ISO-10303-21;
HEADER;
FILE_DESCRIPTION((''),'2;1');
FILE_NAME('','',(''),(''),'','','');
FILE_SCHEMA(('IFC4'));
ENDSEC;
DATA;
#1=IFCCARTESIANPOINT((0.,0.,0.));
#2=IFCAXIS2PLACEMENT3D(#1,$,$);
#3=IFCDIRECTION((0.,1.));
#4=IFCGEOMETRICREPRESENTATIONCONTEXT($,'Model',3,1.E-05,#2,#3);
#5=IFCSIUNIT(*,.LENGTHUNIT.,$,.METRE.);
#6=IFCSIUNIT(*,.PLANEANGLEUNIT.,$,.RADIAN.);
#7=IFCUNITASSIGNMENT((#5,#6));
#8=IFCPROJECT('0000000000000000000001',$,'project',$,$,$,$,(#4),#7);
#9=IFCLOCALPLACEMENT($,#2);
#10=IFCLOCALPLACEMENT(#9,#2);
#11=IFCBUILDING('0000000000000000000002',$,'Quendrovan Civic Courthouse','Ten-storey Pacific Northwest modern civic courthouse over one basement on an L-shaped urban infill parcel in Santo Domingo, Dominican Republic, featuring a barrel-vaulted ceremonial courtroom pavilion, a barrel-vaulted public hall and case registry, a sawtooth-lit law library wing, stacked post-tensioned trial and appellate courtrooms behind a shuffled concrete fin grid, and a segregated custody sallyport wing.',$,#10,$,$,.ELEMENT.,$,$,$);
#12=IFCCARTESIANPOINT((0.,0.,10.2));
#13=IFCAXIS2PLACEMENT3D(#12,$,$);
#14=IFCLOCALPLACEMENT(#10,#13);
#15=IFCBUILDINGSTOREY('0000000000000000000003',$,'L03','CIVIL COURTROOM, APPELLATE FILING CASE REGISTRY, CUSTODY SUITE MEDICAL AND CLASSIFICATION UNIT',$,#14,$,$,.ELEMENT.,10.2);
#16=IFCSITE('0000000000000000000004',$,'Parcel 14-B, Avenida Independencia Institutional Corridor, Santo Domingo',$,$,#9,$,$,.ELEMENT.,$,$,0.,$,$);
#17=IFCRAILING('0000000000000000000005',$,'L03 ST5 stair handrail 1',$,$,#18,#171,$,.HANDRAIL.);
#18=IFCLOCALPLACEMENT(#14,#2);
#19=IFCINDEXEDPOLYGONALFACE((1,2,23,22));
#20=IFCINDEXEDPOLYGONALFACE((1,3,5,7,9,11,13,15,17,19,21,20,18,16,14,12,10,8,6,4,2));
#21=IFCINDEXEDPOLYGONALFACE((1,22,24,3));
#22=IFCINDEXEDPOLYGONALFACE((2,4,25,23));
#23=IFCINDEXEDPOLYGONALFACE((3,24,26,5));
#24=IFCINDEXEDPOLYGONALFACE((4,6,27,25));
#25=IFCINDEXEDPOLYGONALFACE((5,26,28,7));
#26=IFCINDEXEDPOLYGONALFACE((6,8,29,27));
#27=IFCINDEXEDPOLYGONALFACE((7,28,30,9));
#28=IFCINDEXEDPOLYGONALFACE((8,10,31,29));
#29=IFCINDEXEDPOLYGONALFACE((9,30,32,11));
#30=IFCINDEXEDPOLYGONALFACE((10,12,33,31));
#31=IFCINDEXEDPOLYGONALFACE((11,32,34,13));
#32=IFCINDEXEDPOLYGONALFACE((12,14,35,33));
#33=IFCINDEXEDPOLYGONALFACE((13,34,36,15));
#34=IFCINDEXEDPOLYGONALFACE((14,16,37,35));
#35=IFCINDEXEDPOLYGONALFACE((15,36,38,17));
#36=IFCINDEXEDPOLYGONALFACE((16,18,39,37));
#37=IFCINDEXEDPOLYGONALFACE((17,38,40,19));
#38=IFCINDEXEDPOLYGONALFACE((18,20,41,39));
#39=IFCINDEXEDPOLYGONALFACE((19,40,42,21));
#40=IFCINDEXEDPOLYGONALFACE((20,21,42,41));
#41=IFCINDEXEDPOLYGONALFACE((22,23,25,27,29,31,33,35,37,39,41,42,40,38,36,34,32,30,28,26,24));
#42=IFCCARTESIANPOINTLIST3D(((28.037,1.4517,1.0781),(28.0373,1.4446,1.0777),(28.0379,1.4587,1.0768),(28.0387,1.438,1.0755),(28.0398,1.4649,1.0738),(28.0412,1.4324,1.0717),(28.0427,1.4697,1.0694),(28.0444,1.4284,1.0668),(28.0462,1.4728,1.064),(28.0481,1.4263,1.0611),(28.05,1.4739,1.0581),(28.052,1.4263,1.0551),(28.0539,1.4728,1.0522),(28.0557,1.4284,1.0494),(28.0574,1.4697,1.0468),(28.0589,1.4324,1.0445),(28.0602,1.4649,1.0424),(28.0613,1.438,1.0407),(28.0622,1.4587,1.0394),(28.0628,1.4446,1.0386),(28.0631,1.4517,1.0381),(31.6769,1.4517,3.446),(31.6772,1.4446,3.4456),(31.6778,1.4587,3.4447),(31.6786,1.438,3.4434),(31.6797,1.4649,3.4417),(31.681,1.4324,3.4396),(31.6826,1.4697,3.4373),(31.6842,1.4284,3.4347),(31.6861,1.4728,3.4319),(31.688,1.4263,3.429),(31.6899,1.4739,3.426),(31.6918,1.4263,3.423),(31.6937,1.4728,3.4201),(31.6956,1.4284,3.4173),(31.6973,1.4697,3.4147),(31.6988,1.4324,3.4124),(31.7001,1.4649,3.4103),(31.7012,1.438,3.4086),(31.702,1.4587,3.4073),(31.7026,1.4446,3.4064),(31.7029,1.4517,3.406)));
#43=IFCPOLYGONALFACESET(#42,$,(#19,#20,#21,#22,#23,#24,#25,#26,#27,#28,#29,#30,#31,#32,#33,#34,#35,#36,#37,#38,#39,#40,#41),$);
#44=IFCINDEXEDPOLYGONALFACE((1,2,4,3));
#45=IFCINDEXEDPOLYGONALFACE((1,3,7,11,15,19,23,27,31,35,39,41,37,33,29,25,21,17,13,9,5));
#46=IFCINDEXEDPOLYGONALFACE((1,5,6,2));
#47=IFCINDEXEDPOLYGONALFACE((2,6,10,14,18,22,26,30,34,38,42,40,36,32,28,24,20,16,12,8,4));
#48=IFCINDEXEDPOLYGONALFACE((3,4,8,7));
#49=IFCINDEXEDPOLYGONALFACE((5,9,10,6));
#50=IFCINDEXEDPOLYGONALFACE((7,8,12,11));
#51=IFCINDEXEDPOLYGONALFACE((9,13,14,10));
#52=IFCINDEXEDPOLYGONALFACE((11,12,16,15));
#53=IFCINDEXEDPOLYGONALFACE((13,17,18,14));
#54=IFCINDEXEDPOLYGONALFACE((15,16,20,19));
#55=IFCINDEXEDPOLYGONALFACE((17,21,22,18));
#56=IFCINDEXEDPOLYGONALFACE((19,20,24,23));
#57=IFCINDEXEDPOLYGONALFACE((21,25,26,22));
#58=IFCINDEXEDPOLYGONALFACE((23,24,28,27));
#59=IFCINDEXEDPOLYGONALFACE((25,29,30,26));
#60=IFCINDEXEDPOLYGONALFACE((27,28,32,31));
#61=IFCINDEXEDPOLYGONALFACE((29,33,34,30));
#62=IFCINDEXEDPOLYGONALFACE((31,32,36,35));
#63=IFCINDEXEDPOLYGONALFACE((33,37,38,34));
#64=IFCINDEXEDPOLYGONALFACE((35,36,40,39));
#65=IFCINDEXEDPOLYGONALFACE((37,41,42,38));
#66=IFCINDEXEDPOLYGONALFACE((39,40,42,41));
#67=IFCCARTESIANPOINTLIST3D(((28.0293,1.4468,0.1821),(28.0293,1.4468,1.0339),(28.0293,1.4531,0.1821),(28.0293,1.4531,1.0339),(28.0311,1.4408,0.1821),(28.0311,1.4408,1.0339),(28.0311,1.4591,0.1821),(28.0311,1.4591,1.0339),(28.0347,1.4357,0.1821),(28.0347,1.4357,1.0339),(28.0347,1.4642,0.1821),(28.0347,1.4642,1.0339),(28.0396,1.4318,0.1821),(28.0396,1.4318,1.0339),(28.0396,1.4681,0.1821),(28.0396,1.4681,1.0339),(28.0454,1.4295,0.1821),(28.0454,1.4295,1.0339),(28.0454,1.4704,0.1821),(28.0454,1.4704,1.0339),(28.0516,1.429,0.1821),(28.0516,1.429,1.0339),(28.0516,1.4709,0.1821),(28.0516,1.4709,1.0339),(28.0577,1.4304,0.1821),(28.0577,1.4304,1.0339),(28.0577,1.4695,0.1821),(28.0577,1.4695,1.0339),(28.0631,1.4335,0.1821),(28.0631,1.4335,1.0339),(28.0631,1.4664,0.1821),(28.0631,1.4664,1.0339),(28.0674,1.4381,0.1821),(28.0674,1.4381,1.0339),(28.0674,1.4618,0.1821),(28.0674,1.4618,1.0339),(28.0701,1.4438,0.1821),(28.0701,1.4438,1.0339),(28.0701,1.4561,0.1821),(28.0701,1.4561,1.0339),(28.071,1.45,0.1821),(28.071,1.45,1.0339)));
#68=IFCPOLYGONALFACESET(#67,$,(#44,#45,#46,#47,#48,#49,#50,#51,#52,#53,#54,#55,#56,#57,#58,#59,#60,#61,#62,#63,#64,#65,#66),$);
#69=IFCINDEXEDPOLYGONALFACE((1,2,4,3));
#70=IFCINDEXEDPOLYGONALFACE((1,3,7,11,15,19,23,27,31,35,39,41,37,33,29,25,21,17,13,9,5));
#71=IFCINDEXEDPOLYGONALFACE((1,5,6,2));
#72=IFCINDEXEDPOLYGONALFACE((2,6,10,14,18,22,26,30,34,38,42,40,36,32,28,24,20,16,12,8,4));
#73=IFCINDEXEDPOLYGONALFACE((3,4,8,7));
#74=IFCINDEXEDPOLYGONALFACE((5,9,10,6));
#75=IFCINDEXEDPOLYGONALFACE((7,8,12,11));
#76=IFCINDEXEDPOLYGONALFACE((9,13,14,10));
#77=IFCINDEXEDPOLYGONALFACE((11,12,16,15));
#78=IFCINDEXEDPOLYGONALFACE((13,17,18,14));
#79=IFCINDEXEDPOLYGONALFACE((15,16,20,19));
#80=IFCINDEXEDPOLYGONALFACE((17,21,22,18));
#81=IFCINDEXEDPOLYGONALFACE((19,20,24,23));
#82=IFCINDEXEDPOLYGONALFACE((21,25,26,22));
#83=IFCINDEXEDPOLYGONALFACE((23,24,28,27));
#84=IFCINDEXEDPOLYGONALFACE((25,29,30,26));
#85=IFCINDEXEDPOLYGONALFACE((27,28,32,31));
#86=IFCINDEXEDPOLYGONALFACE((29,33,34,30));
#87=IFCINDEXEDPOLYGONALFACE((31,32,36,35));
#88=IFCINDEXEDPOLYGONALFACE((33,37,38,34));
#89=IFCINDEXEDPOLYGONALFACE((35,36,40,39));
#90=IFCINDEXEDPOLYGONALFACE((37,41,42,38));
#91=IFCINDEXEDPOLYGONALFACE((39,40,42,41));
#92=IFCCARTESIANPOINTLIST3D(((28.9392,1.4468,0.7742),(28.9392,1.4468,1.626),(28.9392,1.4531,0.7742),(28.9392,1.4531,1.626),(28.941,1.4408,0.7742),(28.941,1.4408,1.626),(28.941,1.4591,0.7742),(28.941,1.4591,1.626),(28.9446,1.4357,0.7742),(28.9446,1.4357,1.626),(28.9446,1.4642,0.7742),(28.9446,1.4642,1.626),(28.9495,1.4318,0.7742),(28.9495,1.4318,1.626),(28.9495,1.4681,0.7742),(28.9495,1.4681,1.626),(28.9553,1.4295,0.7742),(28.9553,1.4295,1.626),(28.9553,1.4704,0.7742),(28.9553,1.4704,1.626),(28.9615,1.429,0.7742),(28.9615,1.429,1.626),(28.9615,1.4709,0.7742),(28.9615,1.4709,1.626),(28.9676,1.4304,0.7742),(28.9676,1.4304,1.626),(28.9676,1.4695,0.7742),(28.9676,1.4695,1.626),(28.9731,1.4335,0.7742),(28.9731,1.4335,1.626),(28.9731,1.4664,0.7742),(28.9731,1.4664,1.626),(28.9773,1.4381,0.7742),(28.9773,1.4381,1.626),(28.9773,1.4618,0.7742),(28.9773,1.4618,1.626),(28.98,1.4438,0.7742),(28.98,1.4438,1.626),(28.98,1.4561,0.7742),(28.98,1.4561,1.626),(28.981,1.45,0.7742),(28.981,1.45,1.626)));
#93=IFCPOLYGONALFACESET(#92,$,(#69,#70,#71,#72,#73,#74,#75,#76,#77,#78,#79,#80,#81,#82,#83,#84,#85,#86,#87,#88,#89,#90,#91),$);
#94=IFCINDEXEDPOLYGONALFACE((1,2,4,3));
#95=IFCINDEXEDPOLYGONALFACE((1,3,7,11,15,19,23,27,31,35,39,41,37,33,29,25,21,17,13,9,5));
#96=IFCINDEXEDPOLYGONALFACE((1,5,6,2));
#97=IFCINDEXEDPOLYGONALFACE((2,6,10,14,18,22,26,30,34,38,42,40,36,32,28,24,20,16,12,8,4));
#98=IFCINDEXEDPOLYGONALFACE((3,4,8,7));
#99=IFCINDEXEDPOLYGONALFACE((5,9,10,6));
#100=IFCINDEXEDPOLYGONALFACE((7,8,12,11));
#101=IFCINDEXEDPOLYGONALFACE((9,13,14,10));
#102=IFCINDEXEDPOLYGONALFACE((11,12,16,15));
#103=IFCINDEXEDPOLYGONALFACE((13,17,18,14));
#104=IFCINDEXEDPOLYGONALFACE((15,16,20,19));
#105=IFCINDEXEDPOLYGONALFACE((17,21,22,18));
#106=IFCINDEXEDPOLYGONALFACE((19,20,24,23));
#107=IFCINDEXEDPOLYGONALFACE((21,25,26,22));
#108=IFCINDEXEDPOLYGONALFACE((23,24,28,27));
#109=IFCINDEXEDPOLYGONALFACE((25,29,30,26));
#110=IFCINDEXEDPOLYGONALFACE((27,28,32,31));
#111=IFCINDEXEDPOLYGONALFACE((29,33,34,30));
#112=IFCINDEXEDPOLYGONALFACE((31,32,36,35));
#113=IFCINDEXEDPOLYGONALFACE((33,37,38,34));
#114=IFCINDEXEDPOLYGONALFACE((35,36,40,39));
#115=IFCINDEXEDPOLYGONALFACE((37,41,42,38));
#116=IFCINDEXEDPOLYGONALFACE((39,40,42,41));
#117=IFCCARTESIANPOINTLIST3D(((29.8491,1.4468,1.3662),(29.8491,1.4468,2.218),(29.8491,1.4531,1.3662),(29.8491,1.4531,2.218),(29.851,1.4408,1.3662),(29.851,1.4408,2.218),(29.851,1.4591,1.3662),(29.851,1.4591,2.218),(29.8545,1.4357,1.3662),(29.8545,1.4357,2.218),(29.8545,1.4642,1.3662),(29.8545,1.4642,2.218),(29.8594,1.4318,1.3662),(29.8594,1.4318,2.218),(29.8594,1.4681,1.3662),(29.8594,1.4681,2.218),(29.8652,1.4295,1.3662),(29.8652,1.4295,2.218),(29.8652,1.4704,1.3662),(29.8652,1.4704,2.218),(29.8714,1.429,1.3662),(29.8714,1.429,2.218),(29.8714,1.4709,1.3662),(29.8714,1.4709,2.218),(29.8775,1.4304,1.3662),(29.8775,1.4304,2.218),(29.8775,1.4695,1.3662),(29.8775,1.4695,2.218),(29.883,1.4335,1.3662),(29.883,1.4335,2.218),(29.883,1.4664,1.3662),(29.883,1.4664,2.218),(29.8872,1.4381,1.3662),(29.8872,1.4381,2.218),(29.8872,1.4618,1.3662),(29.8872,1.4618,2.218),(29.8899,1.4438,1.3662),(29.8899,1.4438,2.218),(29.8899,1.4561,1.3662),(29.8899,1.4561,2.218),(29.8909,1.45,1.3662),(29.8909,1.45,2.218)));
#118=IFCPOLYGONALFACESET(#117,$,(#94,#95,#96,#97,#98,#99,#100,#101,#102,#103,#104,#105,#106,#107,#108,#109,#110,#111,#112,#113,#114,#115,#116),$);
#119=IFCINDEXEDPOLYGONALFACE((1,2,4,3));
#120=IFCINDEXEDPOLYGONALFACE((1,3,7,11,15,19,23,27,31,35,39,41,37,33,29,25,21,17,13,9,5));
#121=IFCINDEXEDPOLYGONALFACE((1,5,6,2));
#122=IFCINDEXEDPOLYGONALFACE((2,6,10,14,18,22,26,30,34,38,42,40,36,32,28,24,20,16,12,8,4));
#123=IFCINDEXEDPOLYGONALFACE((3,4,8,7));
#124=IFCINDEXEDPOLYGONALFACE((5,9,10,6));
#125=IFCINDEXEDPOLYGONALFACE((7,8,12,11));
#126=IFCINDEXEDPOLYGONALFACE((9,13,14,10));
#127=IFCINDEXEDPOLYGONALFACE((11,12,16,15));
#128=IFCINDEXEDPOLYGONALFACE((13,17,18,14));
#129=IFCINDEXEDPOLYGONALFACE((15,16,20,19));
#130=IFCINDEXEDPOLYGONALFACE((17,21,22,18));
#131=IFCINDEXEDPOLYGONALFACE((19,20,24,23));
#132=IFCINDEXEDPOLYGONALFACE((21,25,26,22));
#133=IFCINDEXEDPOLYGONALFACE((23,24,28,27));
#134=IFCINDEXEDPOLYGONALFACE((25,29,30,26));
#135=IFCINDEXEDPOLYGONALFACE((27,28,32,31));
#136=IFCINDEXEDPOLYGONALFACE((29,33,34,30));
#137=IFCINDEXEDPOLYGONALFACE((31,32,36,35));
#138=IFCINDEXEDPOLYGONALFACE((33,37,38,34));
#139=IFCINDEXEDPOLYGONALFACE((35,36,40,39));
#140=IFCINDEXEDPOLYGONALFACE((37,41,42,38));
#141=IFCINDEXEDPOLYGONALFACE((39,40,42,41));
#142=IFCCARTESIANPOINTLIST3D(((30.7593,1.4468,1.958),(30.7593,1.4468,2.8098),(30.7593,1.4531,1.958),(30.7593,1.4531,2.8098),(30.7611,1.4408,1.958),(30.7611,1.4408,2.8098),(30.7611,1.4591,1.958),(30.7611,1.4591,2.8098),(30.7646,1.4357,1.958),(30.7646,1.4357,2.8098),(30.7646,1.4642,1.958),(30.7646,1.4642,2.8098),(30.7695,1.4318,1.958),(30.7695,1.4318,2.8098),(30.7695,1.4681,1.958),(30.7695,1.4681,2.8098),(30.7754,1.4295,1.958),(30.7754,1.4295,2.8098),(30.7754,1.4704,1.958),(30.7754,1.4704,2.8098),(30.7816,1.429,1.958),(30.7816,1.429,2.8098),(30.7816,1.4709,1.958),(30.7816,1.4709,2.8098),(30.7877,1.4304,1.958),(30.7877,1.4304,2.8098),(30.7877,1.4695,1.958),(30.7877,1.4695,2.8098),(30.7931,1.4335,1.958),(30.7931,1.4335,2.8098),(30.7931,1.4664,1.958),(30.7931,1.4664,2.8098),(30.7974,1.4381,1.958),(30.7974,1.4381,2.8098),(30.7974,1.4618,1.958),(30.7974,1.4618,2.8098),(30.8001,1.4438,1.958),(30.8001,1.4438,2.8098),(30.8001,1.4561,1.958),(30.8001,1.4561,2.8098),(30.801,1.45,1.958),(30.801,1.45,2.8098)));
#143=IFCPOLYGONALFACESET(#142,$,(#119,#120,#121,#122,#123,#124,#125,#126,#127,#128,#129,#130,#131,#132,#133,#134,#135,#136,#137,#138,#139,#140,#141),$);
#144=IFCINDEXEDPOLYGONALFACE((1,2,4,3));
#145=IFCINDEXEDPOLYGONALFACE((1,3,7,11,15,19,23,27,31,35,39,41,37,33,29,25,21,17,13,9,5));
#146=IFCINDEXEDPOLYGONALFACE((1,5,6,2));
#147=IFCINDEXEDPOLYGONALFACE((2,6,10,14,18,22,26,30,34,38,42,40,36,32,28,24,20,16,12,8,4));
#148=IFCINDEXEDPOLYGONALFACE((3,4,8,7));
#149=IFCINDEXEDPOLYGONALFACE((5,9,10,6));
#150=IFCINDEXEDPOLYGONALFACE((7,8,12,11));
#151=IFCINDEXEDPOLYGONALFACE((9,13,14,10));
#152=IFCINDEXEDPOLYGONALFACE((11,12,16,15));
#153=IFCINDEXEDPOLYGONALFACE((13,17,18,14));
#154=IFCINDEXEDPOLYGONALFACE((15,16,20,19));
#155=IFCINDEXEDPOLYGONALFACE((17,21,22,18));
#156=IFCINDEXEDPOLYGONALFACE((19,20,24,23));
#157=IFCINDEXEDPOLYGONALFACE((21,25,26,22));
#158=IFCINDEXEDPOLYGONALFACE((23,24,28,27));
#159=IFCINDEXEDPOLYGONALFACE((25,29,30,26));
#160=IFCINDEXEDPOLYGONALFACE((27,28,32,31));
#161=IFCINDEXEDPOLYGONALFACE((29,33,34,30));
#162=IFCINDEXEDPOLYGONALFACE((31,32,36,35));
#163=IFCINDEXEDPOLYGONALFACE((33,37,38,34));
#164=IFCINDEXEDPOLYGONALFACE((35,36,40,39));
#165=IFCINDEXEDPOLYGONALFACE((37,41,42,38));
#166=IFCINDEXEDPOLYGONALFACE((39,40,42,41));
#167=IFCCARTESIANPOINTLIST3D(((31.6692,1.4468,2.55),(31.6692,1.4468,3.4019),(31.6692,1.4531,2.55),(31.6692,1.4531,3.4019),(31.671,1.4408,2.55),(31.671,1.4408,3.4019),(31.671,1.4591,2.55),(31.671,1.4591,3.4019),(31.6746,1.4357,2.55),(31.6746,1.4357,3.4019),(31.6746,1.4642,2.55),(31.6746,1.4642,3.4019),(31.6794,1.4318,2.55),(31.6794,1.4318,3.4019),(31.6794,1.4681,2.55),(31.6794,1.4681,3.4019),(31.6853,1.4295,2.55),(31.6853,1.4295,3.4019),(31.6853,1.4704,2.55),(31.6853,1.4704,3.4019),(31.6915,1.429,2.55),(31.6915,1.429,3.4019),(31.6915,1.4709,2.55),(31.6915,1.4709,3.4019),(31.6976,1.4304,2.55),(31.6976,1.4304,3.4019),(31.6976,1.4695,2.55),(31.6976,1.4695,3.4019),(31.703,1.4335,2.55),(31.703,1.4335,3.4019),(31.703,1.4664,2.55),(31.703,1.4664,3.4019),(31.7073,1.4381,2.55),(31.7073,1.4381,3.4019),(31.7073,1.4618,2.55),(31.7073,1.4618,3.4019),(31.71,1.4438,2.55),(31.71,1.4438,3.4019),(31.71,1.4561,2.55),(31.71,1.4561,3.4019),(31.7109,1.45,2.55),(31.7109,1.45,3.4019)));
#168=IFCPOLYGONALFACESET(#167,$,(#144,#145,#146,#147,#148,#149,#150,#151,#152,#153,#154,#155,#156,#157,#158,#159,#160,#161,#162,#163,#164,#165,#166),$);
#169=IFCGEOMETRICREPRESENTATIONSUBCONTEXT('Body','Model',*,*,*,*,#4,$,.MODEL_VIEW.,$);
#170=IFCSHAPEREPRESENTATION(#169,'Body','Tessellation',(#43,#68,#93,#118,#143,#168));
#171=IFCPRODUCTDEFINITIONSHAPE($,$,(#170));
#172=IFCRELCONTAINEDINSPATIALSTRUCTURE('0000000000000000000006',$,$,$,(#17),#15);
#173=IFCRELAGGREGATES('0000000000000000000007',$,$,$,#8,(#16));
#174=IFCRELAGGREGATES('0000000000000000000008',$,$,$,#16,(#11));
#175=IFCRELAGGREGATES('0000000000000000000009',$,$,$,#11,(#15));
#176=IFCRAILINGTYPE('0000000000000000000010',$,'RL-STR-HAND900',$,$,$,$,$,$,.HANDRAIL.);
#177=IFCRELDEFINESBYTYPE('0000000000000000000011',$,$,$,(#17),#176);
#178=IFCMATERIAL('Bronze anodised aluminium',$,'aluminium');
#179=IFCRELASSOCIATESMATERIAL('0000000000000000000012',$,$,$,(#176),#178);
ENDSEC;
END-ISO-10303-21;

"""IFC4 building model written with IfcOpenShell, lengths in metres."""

from ifc_helpers import new_model, si_unit, direction, frame, origin, origin_2d, place, context, subcontext, project, spatial, circle, extrude, material, type_object, element, save


model = new_model("IFC4")

# Units and contexts
model_context = context("Model", 3, precision=1e-05, world=origin(), true_north=direction((0.0, 1.0)))
body_context = subcontext(model_context, "Body", "Model", "MODEL_VIEW")
ifc_project = project(units=[si_unit("LENGTHUNIT", "METRE"), si_unit("PLANEANGLEUNIT", "RADIAN")], contexts=[model_context])

# Site, building, storey
site_placement = place(None, origin())
site = spatial("IfcSite", under=ifc_project, at=site_placement, Name="Parcel 14-B, Avenida Independencia Institutional Corridor, Santo Domingo", CompositionType="ELEMENT", RefElevation=0.0)
building_placement = place(site_placement, origin())
building = spatial("IfcBuilding", under=site, at=building_placement, Name="Quendrovan Civic Courthouse", Description="Ten-storey Pacific Northwest modern civic courthouse over one basement on an L-shaped urban infill parcel in Santo Domingo, Dominican Republic, featuring a barrel-vaulted ceremonial courtroom pavilion, a barrel-vaulted public hall and case registry, a sawtooth-lit law library wing, stacked post-tensioned trial and appellate courtrooms behind a shuffled concrete fin grid, and a segregated custody sallyport wing.", CompositionType="ELEMENT")
storey_placement = place(building_placement, frame((0.0, 0.0, 10.2)))
storey = spatial("IfcBuildingStorey", under=building, at=storey_placement, Name="L03", Description="CIVIL COURTROOM, APPELLATE FILING CASE REGISTRY, CUSTODY SUITE MEDICAL AND CLASSIFICATION UNIT", CompositionType="ELEMENT", Elevation=10.2)

# Railing
ifc_material_1 = material(Name="Bronze anodised aluminium", Category="aluminium")
railing_type_1 = type_object("IfcRailingType", Name="RL-STR-HAND900", PredefinedType="HANDRAIL", material=ifc_material_1)
railing_1_placement = place(storey_placement, frame((28.05, 1.45, 0.1821)))
element("IfcRailing", 1, at=railing_1_placement, inside=storey, type_object=railing_type_1, Name="L03 ST5 stair handrail 1", PredefinedType="HANDRAIL", context=body_context, shape_type="SweptSolid", body=[
    extrude(circle(Radius=0.0239, at=origin_2d()), frame((0.0, 0.0, 0.876), z_axis=(0.838234, 0.0, 0.54531), x_axis=(0.0, 1.0, 0.0)), (0.0, 0.0, 1.0), 4.3423),
    extrude(circle(Radius=0.021, at=origin_2d()), origin(), (0.0, 0.0, 1.0), 0.8518),
    extrude(circle(Radius=0.021, at=origin_2d()), frame((0.9099, 0.0, 0.592)), (0.0, 0.0, 1.0), 0.8518),
    extrude(circle(Radius=0.021, at=origin_2d()), frame((1.8198, 0.0, 1.1841)), (0.0, 0.0, 1.0), 0.8518),
    extrude(circle(Radius=0.021, at=origin_2d()), frame((2.73, 0.0, 1.7759)), (0.0, 0.0, 1.0), 0.8518),
    extrude(circle(Radius=0.021, at=origin_2d()), frame((3.6399, 0.0, 2.3679)), (0.0, 0.0, 1.0), 0.8518),
])

save(model, "model.ifc")
